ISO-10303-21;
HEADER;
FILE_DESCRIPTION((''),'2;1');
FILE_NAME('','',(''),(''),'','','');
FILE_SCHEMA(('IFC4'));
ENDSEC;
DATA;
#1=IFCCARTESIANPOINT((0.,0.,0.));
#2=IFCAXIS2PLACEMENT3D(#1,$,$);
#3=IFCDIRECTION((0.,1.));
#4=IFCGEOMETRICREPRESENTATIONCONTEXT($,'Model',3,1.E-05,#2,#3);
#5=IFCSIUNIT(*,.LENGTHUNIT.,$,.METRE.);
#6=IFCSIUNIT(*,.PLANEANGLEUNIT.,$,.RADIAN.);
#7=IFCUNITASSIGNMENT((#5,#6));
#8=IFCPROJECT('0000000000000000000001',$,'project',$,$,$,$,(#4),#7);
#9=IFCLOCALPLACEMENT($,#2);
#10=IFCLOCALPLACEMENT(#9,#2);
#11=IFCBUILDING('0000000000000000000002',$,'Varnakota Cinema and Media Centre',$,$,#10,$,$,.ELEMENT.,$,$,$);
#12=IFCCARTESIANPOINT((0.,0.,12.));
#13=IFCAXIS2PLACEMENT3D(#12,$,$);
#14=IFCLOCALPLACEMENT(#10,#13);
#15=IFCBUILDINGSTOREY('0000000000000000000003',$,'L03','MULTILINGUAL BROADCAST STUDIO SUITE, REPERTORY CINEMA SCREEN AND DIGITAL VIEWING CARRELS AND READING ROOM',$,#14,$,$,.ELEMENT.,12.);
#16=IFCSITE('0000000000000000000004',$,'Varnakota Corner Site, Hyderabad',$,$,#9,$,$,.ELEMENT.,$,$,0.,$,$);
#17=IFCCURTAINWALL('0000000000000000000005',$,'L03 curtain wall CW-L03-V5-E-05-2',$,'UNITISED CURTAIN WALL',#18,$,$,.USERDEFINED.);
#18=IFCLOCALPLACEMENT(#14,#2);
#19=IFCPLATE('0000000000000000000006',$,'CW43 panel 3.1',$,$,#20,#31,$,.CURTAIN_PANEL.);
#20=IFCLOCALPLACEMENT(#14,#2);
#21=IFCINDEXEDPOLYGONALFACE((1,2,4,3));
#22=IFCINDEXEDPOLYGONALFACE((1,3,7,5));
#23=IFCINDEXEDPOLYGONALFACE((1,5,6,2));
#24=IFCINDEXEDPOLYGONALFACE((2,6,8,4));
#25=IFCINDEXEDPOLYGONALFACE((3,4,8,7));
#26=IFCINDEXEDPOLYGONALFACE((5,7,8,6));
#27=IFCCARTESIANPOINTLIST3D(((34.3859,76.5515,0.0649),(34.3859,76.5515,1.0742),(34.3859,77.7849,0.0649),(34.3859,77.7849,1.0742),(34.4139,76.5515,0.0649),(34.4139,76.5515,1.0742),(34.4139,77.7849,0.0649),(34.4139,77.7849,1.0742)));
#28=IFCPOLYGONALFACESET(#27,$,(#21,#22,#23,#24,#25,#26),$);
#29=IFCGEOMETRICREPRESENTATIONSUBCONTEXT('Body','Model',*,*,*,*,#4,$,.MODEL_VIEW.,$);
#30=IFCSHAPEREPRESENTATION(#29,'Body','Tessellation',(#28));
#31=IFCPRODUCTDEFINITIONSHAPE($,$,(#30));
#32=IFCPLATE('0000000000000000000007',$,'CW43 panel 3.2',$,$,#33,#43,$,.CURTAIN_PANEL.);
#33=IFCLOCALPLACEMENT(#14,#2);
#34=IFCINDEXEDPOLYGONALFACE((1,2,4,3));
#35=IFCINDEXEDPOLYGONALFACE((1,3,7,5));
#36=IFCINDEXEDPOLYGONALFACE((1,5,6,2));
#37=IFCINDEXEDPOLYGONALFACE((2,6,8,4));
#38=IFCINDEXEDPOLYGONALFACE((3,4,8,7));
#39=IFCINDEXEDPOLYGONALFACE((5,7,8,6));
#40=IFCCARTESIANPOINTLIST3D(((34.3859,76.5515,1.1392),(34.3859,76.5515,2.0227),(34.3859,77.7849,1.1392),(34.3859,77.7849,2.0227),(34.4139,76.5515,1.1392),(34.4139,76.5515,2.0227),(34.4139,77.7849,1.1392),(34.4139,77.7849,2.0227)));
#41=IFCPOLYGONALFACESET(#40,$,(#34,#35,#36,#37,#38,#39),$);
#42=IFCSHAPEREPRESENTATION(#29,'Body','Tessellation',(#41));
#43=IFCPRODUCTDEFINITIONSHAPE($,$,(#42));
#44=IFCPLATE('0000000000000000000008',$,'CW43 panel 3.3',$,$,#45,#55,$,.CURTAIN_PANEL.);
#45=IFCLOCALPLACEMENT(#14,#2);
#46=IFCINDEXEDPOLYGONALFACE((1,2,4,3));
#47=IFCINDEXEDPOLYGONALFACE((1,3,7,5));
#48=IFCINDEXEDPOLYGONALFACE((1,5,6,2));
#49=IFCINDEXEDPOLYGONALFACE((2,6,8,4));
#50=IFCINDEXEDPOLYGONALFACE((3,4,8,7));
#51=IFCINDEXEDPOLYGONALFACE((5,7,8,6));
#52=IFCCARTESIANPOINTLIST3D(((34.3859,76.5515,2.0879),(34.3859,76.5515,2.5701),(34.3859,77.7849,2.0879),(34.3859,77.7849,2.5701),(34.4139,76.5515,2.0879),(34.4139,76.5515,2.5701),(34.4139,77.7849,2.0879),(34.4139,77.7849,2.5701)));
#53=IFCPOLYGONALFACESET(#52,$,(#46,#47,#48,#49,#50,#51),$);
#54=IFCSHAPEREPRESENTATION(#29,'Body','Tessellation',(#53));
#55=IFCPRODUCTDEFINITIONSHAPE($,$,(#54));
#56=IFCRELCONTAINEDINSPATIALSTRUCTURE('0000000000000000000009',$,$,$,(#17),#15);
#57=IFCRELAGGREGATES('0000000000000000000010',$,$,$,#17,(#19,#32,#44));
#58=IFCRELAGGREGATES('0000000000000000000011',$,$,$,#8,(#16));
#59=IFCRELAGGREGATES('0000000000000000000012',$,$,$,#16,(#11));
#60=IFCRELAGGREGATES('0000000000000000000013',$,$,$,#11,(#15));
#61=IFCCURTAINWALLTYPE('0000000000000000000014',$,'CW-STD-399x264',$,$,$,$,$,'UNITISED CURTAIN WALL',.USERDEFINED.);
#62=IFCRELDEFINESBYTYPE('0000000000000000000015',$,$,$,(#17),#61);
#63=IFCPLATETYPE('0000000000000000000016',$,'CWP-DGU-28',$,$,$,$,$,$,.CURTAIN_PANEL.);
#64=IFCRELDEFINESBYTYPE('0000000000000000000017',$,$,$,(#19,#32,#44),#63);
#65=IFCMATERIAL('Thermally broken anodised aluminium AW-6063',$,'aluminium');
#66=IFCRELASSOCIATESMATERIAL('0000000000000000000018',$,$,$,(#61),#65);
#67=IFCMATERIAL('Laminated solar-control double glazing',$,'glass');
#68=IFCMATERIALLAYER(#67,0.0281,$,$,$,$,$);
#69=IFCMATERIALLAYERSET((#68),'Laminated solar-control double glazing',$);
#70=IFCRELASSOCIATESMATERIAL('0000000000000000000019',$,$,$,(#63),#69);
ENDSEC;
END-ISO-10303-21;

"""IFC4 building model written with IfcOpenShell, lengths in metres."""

from ifc_helpers import new_model, si_unit, direction, frame, origin, origin_2d, place, context, subcontext, project, spatial, rectangle, extrude, material, layer, layer_set, type_object, element, aggregate, save


model = new_model("IFC4")

# Units and contexts
model_context = context("Model", 3, precision=1e-05, world=origin(), true_north=direction((0.0, 1.0)))
body_context = subcontext(model_context, "Body", "Model", "MODEL_VIEW")
ifc_project = project(units=[si_unit("LENGTHUNIT", "METRE"), si_unit("PLANEANGLEUNIT", "RADIAN")], contexts=[model_context])

# Site, building, storey
site_placement = place(None, origin())
site = spatial("IfcSite", under=ifc_project, at=site_placement, Name="Varnakota Corner Site, Hyderabad", CompositionType="ELEMENT", RefElevation=0.0)
building_placement = place(site_placement, origin())
building = spatial("IfcBuilding", under=site, at=building_placement, Name="Varnakota Cinema and Media Centre", CompositionType="ELEMENT")
storey_placement = place(building_placement, frame((0.0, 0.0, 12.0)))
storey = spatial("IfcBuildingStorey", under=building, at=storey_placement, Name="L03", Description="MULTILINGUAL BROADCAST STUDIO SUITE, REPERTORY CINEMA SCREEN AND DIGITAL VIEWING CARRELS AND READING ROOM", CompositionType="ELEMENT", Elevation=12.0)

# Curtain wall, plates
ifc_material_1 = material(Name="Thermally broken anodised aluminium AW-6063", Category="aluminium")
curtain_wall_type = type_object("IfcCurtainWallType", Name="CW-STD-399x264", ElementType="UNITISED CURTAIN WALL", PredefinedType="USERDEFINED", material=ifc_material_1)
curtain_wall_placement = place(storey_placement, origin())
curtain_wall = element("IfcCurtainWall", 1, at=curtain_wall_placement, inside=storey, type_object=curtain_wall_type, Name="L03 curtain wall CW-L03-V5-E-05-2", ObjectType="UNITISED CURTAIN WALL", PredefinedType="USERDEFINED")
ifc_material_2 = material(Name="Laminated solar-control double glazing", Category="glass")
ifc_layer = layer(ifc_material_2, 0.0281)
ifc_layer_set = layer_set([ifc_layer], Name="Laminated solar-control double glazing")
plate_type = type_object("IfcPlateType", Name="CWP-DGU-28", PredefinedType="CURTAIN_PANEL", material=ifc_layer_set)
plate_1_placement = place(storey_placement, frame((34.3999, 77.1682, 0.0649), z_axis=(0.0, 0.0, 1.0), x_axis=(0.0, 1.0, 0.0)))
plate_1 = element("IfcPlate", 2, at=plate_1_placement, type_object=plate_type, Name="CW43 panel 3.1", PredefinedType="CURTAIN_PANEL", context=body_context, shape_type="SweptSolid", body=[
    extrude(rectangle(XDim=1.2334, YDim=0.0281, at=origin_2d()), origin(), (0.0, 0.0, 1.0), 1.0093),
])
plate_2_placement = place(storey_placement, frame((34.3999, 77.1682, 1.1392), z_axis=(0.0, 0.0, 1.0), x_axis=(0.0, 1.0, 0.0)))
plate_2 = element("IfcPlate", 3, at=plate_2_placement, type_object=plate_type, Name="CW43 panel 3.2", PredefinedType="CURTAIN_PANEL", context=body_context, shape_type="SweptSolid", body=[
    extrude(rectangle(XDim=1.2334, YDim=0.0281, at=origin_2d()), origin(), (0.0, 0.0, 1.0), 0.8835),
])
plate_3_placement = place(storey_placement, frame((34.3999, 77.1682, 2.0879), z_axis=(0.0, 0.0, 1.0), x_axis=(0.0, 1.0, 0.0)))
plate_3 = element("IfcPlate", 4, at=plate_3_placement, type_object=plate_type, Name="CW43 panel 3.3", PredefinedType="CURTAIN_PANEL", context=body_context, shape_type="SweptSolid", body=[
    extrude(rectangle(XDim=1.2334, YDim=0.0281, at=origin_2d()), origin(), (0.0, 0.0, 1.0), 0.4822),
])
aggregate(curtain_wall, [plate_1, plate_2, plate_3])

save(model, "model.ifc")
